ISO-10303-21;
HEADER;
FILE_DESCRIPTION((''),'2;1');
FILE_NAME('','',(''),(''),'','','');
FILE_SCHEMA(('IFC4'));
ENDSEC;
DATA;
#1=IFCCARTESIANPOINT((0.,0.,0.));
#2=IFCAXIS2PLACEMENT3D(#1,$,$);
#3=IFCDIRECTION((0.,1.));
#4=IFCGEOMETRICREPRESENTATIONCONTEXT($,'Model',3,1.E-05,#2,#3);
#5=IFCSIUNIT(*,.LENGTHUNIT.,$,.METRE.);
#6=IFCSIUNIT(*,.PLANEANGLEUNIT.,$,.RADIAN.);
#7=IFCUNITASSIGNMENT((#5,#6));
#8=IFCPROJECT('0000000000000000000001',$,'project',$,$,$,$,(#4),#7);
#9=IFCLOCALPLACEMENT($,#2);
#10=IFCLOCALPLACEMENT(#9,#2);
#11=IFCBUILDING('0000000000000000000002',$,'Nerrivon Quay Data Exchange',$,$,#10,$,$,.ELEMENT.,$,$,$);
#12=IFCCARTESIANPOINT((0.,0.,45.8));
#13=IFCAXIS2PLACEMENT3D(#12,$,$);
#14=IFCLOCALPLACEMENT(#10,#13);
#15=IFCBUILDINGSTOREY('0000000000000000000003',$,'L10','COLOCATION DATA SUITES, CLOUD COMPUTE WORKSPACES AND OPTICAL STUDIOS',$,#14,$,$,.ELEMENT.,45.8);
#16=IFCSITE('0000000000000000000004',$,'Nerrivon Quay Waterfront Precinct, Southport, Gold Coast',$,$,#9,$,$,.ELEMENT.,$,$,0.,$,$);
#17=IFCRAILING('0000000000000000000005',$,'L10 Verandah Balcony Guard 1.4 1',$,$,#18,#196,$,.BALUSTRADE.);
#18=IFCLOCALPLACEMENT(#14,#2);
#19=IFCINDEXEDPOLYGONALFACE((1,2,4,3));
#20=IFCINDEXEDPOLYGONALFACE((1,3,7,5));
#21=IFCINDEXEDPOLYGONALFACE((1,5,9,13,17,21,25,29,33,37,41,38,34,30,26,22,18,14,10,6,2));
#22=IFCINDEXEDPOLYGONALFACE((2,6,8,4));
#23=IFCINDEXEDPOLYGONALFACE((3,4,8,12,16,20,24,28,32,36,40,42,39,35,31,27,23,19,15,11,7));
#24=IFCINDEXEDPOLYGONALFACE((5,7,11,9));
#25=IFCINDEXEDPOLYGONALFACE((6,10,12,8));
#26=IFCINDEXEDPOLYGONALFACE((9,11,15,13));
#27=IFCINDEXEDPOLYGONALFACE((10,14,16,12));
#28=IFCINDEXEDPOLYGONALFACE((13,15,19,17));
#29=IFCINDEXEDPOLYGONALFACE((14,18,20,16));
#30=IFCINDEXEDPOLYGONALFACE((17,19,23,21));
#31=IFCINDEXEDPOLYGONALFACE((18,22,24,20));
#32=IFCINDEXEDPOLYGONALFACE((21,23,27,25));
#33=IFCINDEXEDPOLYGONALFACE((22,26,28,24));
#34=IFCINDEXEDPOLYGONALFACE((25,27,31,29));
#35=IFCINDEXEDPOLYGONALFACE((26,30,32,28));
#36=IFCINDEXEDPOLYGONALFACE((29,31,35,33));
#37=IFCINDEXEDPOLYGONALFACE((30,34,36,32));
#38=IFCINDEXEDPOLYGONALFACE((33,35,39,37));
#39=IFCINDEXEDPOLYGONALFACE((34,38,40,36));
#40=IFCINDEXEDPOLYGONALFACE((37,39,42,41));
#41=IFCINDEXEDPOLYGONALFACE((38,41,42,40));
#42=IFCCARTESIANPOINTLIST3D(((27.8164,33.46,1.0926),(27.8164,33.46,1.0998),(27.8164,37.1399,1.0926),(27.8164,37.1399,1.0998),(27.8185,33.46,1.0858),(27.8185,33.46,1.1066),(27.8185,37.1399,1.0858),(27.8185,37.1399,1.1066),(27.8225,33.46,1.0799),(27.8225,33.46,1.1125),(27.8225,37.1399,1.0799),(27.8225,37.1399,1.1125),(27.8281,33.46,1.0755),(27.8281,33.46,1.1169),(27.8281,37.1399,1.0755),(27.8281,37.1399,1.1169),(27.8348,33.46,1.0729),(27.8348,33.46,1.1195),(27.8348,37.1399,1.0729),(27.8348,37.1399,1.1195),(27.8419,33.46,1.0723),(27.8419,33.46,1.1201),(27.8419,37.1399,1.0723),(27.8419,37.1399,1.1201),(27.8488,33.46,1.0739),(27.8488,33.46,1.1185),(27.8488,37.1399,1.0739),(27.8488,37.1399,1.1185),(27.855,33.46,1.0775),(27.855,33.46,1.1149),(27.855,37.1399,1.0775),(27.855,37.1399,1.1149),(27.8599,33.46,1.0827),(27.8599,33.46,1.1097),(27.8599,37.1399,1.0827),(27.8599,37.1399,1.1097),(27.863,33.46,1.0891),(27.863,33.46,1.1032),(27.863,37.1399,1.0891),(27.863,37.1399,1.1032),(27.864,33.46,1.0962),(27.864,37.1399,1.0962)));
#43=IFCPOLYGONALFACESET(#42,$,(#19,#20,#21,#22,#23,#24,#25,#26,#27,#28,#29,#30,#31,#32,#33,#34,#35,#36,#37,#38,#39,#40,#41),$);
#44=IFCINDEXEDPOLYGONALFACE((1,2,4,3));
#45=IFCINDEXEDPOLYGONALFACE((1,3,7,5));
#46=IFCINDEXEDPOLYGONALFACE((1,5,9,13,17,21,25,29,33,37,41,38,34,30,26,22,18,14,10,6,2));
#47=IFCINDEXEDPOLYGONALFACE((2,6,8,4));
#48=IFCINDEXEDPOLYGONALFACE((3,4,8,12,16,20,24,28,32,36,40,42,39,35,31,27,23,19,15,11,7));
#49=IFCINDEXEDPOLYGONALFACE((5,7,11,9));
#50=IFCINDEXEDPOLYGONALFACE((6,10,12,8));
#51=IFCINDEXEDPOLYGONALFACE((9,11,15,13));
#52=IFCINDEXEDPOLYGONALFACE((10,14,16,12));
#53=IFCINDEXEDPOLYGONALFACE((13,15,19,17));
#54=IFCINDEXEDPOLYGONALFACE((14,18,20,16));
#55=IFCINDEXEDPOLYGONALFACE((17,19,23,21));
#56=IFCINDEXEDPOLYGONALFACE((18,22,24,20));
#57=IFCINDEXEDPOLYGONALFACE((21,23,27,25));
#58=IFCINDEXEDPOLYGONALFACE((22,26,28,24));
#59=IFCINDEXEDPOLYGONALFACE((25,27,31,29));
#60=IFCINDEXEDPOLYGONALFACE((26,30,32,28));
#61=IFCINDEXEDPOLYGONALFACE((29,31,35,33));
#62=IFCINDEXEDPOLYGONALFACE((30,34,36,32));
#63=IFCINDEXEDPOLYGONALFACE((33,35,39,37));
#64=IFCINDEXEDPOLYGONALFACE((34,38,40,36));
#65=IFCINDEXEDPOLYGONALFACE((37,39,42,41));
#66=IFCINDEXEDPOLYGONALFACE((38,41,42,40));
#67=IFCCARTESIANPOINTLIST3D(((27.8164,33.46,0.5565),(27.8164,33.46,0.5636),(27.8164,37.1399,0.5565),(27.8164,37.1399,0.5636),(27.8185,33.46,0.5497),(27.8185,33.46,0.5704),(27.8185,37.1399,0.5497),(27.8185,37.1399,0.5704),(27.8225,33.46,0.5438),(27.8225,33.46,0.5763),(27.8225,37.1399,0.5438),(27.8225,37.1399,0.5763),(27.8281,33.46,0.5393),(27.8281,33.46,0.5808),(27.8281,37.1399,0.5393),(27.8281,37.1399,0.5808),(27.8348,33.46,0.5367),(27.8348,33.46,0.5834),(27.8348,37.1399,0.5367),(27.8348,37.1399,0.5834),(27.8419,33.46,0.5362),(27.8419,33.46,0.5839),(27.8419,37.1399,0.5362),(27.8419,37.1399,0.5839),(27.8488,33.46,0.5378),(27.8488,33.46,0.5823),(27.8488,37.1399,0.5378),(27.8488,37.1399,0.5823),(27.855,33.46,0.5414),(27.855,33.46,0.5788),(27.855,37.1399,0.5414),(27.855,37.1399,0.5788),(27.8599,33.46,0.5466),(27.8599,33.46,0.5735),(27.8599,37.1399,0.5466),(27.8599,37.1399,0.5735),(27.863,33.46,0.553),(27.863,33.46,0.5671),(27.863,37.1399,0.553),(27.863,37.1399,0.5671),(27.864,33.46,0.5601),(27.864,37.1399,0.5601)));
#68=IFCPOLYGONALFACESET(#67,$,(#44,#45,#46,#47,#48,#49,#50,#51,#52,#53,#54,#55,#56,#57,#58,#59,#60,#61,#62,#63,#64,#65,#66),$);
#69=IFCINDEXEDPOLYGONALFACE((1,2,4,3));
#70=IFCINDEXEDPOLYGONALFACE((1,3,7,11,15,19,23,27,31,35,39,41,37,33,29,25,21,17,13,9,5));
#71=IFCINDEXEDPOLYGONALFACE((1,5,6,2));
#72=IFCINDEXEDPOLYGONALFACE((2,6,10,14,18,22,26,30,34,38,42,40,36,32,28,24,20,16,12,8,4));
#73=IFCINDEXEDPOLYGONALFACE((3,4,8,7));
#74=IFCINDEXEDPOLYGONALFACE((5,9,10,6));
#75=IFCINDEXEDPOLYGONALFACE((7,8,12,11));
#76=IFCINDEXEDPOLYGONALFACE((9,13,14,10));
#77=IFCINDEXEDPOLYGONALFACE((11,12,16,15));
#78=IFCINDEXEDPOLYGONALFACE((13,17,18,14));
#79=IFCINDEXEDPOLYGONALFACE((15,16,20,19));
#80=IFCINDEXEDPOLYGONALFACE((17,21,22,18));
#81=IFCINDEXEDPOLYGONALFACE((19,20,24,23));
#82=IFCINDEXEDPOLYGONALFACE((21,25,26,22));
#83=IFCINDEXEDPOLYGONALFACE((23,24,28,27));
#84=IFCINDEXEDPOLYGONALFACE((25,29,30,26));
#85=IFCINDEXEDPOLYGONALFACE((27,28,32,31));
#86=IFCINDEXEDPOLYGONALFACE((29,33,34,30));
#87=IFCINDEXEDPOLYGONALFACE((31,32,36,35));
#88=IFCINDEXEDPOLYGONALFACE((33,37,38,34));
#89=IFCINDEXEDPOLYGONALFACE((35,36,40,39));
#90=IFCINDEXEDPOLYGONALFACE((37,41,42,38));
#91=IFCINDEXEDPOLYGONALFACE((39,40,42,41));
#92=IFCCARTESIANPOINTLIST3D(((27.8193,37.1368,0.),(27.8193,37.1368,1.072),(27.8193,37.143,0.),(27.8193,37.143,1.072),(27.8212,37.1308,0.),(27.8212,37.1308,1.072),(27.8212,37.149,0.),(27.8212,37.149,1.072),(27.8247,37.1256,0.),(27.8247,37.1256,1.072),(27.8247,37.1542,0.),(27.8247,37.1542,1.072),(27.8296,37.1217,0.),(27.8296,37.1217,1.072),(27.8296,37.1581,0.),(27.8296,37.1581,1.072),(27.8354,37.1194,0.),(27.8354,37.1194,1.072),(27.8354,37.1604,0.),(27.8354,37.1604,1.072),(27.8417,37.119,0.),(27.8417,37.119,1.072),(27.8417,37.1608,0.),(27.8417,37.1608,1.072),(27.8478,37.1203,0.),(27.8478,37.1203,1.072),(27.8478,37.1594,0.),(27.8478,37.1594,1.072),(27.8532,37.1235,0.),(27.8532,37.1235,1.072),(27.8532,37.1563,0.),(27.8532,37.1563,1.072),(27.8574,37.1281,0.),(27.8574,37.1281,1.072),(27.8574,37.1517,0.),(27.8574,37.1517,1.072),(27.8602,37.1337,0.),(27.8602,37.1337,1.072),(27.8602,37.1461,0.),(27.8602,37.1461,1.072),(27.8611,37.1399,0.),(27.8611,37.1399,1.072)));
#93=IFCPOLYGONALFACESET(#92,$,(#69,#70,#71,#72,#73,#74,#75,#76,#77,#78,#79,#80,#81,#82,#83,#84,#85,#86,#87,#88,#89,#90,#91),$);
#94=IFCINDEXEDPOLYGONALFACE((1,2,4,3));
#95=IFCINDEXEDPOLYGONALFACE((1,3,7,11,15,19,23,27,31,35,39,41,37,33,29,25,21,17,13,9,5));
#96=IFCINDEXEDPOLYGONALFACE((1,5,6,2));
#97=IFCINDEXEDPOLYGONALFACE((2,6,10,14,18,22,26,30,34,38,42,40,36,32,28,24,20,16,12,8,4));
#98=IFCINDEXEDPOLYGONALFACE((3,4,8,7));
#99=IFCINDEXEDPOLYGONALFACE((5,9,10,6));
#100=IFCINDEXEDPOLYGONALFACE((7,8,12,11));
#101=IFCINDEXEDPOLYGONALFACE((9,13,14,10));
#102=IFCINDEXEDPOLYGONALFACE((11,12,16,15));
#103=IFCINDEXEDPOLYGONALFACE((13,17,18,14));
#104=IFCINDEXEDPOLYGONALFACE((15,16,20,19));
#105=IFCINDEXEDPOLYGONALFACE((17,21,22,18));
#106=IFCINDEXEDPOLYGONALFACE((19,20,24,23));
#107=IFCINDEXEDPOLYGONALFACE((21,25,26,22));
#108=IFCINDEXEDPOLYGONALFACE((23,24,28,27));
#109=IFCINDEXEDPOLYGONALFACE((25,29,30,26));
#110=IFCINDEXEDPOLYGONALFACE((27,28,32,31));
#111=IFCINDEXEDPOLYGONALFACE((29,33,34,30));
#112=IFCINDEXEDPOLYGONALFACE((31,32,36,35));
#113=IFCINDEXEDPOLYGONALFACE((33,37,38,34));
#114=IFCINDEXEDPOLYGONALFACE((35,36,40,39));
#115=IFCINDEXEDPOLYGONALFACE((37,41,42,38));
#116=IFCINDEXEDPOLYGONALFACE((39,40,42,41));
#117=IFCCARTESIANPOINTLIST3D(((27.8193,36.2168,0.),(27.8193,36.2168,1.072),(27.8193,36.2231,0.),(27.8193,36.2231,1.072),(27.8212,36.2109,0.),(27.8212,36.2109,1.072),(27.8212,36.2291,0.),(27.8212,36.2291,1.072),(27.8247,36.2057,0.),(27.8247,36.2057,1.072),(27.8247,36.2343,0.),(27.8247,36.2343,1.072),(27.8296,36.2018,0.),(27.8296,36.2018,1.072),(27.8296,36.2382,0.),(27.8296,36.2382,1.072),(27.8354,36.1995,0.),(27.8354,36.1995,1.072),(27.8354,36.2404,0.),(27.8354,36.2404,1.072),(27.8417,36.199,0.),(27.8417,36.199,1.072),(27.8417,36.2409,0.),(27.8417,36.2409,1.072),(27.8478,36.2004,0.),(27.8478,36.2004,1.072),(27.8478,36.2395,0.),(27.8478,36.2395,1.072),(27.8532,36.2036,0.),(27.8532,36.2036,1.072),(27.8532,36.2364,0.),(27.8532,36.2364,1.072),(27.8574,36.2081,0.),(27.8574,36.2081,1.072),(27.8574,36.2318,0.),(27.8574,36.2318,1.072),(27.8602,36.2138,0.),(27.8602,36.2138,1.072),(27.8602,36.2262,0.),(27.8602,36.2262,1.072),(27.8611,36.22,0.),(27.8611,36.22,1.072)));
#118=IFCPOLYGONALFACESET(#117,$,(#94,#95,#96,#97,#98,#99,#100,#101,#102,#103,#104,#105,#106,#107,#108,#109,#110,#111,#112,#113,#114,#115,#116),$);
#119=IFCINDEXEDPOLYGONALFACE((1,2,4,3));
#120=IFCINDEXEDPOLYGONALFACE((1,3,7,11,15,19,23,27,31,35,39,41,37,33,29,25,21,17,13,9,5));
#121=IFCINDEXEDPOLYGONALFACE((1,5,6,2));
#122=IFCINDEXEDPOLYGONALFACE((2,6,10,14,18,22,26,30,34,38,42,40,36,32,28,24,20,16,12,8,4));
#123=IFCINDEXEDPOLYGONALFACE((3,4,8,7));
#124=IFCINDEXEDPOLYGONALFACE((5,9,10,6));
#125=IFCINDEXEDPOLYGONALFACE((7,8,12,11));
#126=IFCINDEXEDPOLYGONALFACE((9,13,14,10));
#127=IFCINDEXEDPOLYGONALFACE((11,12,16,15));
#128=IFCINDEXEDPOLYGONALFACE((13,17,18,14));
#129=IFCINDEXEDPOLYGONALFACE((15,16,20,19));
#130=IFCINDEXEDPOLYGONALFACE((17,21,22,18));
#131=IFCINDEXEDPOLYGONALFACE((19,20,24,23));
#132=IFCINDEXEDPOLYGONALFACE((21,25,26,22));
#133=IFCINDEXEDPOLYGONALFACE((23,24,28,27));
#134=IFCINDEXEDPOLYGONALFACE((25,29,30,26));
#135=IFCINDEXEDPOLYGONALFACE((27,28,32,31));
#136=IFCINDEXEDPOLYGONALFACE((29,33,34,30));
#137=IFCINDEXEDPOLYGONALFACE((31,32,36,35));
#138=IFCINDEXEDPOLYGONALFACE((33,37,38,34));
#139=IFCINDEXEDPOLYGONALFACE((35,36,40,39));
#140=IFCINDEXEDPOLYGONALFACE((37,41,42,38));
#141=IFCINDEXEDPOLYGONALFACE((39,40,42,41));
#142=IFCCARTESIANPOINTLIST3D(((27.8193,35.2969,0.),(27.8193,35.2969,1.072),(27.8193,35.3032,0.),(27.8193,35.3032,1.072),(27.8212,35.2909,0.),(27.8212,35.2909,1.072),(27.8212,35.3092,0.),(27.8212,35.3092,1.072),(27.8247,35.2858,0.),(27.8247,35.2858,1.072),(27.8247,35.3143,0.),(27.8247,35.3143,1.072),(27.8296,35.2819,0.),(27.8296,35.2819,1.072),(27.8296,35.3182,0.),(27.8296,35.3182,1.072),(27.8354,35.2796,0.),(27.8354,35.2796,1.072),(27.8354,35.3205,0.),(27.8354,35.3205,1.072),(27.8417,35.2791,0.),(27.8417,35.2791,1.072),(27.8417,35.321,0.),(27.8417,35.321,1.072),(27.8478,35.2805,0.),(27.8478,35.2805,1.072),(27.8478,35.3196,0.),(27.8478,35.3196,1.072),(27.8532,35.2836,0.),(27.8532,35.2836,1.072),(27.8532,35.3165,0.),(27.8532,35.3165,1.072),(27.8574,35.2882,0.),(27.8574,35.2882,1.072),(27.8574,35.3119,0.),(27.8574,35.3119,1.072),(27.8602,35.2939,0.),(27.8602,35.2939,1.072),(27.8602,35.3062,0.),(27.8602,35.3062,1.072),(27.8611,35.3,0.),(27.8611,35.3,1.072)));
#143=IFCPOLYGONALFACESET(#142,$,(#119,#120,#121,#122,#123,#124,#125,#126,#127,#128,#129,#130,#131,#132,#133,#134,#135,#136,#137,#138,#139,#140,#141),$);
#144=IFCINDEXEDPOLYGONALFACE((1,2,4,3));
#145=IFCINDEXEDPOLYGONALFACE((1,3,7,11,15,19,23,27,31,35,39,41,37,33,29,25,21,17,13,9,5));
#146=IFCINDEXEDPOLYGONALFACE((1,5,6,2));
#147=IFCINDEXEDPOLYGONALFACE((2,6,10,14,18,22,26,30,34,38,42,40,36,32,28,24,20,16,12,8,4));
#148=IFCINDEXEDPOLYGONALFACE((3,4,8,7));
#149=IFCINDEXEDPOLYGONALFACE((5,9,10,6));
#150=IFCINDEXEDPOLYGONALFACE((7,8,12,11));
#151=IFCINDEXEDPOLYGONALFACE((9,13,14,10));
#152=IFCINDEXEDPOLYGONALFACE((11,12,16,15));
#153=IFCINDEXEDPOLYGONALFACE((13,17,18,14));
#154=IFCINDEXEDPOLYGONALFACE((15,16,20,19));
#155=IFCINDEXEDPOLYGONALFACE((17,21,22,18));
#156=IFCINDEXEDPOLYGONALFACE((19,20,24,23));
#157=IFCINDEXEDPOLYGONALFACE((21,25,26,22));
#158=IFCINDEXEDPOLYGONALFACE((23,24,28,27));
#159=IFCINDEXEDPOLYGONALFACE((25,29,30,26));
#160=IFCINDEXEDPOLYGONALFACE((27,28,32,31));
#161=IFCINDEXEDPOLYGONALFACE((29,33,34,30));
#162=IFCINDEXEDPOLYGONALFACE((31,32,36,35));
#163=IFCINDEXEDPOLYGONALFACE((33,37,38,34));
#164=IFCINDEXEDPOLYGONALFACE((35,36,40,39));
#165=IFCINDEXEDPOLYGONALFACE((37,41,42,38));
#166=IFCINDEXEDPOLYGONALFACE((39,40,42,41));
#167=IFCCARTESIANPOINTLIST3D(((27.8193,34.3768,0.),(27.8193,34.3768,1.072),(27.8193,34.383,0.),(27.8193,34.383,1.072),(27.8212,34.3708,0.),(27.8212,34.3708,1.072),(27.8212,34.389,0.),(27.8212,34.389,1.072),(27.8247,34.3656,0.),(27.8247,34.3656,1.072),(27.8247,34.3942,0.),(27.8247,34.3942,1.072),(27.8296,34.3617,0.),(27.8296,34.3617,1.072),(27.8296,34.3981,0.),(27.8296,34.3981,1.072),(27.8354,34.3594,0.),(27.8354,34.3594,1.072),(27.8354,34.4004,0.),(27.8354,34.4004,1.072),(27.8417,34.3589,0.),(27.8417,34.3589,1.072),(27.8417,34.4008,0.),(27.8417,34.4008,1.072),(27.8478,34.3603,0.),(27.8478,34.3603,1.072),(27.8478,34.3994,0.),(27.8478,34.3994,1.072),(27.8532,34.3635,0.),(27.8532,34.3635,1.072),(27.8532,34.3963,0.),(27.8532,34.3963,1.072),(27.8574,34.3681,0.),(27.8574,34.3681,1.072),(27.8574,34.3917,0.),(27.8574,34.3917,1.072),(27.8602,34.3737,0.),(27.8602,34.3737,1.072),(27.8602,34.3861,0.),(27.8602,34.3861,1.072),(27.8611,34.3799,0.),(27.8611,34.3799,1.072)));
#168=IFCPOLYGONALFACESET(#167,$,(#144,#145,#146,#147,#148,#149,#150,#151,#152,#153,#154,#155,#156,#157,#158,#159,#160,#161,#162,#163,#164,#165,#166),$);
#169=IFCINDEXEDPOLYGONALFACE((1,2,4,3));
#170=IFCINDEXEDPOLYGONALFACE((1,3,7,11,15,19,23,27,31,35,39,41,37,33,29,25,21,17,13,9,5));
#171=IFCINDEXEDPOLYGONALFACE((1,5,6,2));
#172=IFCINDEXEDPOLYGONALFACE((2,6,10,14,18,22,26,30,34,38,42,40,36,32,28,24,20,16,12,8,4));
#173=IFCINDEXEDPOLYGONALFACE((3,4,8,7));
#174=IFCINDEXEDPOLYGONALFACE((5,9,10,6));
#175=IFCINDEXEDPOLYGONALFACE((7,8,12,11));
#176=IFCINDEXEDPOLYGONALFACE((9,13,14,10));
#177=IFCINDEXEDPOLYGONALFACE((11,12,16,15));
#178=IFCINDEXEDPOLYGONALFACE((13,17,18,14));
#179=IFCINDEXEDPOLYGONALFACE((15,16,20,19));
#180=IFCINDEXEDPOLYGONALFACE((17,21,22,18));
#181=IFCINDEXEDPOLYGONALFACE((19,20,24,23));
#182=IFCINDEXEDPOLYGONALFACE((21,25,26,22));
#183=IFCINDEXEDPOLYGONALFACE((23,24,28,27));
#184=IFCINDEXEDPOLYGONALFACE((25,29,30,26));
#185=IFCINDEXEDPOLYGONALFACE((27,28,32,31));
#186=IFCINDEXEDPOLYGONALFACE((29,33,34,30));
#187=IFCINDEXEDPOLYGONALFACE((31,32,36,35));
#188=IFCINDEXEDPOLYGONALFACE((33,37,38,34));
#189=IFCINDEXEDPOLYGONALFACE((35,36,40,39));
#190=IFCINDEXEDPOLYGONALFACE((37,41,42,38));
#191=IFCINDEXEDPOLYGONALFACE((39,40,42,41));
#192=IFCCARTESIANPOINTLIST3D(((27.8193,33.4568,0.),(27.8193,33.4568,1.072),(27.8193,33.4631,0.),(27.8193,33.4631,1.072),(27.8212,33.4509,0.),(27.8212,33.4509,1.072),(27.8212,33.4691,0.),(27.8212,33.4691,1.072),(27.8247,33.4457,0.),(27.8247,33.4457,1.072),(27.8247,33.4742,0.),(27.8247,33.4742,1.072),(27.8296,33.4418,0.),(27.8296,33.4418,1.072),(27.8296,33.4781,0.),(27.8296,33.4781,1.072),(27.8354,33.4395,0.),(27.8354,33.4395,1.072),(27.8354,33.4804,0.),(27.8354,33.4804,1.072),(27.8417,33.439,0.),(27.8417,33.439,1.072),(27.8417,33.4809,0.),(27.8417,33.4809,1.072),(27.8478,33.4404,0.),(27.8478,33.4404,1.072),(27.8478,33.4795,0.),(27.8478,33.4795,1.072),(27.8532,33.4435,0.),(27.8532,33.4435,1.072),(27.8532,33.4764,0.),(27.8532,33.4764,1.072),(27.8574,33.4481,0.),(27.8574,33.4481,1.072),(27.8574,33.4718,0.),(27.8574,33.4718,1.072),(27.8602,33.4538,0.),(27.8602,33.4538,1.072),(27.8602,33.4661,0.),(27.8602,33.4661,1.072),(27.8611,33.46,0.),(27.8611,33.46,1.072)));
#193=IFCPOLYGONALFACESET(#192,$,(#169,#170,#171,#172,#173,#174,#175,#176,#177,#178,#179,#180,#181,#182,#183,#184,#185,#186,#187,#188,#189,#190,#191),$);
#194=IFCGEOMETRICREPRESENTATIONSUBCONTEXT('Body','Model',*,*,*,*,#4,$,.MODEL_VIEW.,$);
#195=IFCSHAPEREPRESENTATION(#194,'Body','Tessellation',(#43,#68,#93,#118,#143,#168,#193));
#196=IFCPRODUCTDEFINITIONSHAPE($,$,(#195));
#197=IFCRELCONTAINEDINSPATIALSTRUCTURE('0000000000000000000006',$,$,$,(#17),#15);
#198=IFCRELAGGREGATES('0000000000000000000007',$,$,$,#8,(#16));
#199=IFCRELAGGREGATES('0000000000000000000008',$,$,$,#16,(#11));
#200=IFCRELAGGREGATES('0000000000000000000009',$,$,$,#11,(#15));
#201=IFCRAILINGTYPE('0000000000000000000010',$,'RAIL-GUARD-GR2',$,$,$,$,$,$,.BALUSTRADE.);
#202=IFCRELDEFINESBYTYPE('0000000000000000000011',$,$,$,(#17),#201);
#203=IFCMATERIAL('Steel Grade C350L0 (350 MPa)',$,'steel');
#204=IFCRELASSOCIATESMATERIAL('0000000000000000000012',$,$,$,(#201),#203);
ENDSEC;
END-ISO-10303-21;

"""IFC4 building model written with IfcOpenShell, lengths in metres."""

from ifc_helpers import new_model, si_unit, direction, frame, origin, origin_2d, place, context, subcontext, project, spatial, circle, extrude, material, type_object, element, save


model = new_model("IFC4")

# Units and contexts
model_context = context("Model", 3, precision=1e-05, world=origin(), true_north=direction((0.0, 1.0)))
body_context = subcontext(model_context, "Body", "Model", "MODEL_VIEW")
ifc_project = project(units=[si_unit("LENGTHUNIT", "METRE"), si_unit("PLANEANGLEUNIT", "RADIAN")], contexts=[model_context])

# Site, building, storey
site_placement = place(None, origin())
site = spatial("IfcSite", under=ifc_project, at=site_placement, Name="Nerrivon Quay Waterfront Precinct, Southport, Gold Coast", CompositionType="ELEMENT", RefElevation=0.0)
building_placement = place(site_placement, origin())
building = spatial("IfcBuilding", under=site, at=building_placement, Name="Nerrivon Quay Data Exchange", CompositionType="ELEMENT")
storey_placement = place(building_placement, frame((0.0, 0.0, 45.8)))
storey = spatial("IfcBuildingStorey", under=building, at=storey_placement, Name="L10", Description="COLOCATION DATA SUITES, CLOUD COMPUTE WORKSPACES AND OPTICAL STUDIOS", CompositionType="ELEMENT", Elevation=45.8)

# Railing
ifc_material_1 = material(Name="Steel Grade C350L0 (350 MPa)", Category="steel")
railing_type = type_object("IfcRailingType", Name="RAIL-GUARD-GR2", PredefinedType="BALUSTRADE", material=ifc_material_1)
railing_1_placement = place(storey_placement, frame((27.8401, 37.1399, 0.0)))
element("IfcRailing", 1, at=railing_1_placement, inside=storey, type_object=railing_type, Name="L10 Verandah Balcony Guard 1.4 1", PredefinedType="BALUSTRADE", context=body_context, shape_type="SweptSolid", body=[
    extrude(circle(Radius=0.0239, at=origin_2d()), frame((0.0, 0.0, 1.0962), z_axis=(0.0, -1.0, 0.0), x_axis=(1.0, 0.0, 0.0)), (0.0, 0.0, 1.0), 3.6799),
    extrude(circle(Radius=0.0239, at=origin_2d()), frame((0.0, 0.0, 0.5601), z_axis=(0.0, -1.0, 0.0), x_axis=(1.0, 0.0, 0.0)), (0.0, 0.0, 1.0), 3.6799),
    extrude(circle(Radius=0.021, at=origin_2d()), origin(), (0.0, 0.0, 1.0), 1.072),
    extrude(circle(Radius=0.021, at=origin_2d()), frame((0.0, -0.9199, 0.0)), (0.0, 0.0, 1.0), 1.072),
    extrude(circle(Radius=0.021, at=origin_2d()), frame((0.0, -1.8398, 0.0)), (0.0, 0.0, 1.0), 1.072),
    extrude(circle(Radius=0.021, at=origin_2d()), frame((0.0, -2.76, 0.0)), (0.0, 0.0, 1.0), 1.072),
    extrude(circle(Radius=0.021, at=origin_2d()), frame((0.0, -3.6799, 0.0)), (0.0, 0.0, 1.0), 1.072),
])

save(model, "model.ifc")
